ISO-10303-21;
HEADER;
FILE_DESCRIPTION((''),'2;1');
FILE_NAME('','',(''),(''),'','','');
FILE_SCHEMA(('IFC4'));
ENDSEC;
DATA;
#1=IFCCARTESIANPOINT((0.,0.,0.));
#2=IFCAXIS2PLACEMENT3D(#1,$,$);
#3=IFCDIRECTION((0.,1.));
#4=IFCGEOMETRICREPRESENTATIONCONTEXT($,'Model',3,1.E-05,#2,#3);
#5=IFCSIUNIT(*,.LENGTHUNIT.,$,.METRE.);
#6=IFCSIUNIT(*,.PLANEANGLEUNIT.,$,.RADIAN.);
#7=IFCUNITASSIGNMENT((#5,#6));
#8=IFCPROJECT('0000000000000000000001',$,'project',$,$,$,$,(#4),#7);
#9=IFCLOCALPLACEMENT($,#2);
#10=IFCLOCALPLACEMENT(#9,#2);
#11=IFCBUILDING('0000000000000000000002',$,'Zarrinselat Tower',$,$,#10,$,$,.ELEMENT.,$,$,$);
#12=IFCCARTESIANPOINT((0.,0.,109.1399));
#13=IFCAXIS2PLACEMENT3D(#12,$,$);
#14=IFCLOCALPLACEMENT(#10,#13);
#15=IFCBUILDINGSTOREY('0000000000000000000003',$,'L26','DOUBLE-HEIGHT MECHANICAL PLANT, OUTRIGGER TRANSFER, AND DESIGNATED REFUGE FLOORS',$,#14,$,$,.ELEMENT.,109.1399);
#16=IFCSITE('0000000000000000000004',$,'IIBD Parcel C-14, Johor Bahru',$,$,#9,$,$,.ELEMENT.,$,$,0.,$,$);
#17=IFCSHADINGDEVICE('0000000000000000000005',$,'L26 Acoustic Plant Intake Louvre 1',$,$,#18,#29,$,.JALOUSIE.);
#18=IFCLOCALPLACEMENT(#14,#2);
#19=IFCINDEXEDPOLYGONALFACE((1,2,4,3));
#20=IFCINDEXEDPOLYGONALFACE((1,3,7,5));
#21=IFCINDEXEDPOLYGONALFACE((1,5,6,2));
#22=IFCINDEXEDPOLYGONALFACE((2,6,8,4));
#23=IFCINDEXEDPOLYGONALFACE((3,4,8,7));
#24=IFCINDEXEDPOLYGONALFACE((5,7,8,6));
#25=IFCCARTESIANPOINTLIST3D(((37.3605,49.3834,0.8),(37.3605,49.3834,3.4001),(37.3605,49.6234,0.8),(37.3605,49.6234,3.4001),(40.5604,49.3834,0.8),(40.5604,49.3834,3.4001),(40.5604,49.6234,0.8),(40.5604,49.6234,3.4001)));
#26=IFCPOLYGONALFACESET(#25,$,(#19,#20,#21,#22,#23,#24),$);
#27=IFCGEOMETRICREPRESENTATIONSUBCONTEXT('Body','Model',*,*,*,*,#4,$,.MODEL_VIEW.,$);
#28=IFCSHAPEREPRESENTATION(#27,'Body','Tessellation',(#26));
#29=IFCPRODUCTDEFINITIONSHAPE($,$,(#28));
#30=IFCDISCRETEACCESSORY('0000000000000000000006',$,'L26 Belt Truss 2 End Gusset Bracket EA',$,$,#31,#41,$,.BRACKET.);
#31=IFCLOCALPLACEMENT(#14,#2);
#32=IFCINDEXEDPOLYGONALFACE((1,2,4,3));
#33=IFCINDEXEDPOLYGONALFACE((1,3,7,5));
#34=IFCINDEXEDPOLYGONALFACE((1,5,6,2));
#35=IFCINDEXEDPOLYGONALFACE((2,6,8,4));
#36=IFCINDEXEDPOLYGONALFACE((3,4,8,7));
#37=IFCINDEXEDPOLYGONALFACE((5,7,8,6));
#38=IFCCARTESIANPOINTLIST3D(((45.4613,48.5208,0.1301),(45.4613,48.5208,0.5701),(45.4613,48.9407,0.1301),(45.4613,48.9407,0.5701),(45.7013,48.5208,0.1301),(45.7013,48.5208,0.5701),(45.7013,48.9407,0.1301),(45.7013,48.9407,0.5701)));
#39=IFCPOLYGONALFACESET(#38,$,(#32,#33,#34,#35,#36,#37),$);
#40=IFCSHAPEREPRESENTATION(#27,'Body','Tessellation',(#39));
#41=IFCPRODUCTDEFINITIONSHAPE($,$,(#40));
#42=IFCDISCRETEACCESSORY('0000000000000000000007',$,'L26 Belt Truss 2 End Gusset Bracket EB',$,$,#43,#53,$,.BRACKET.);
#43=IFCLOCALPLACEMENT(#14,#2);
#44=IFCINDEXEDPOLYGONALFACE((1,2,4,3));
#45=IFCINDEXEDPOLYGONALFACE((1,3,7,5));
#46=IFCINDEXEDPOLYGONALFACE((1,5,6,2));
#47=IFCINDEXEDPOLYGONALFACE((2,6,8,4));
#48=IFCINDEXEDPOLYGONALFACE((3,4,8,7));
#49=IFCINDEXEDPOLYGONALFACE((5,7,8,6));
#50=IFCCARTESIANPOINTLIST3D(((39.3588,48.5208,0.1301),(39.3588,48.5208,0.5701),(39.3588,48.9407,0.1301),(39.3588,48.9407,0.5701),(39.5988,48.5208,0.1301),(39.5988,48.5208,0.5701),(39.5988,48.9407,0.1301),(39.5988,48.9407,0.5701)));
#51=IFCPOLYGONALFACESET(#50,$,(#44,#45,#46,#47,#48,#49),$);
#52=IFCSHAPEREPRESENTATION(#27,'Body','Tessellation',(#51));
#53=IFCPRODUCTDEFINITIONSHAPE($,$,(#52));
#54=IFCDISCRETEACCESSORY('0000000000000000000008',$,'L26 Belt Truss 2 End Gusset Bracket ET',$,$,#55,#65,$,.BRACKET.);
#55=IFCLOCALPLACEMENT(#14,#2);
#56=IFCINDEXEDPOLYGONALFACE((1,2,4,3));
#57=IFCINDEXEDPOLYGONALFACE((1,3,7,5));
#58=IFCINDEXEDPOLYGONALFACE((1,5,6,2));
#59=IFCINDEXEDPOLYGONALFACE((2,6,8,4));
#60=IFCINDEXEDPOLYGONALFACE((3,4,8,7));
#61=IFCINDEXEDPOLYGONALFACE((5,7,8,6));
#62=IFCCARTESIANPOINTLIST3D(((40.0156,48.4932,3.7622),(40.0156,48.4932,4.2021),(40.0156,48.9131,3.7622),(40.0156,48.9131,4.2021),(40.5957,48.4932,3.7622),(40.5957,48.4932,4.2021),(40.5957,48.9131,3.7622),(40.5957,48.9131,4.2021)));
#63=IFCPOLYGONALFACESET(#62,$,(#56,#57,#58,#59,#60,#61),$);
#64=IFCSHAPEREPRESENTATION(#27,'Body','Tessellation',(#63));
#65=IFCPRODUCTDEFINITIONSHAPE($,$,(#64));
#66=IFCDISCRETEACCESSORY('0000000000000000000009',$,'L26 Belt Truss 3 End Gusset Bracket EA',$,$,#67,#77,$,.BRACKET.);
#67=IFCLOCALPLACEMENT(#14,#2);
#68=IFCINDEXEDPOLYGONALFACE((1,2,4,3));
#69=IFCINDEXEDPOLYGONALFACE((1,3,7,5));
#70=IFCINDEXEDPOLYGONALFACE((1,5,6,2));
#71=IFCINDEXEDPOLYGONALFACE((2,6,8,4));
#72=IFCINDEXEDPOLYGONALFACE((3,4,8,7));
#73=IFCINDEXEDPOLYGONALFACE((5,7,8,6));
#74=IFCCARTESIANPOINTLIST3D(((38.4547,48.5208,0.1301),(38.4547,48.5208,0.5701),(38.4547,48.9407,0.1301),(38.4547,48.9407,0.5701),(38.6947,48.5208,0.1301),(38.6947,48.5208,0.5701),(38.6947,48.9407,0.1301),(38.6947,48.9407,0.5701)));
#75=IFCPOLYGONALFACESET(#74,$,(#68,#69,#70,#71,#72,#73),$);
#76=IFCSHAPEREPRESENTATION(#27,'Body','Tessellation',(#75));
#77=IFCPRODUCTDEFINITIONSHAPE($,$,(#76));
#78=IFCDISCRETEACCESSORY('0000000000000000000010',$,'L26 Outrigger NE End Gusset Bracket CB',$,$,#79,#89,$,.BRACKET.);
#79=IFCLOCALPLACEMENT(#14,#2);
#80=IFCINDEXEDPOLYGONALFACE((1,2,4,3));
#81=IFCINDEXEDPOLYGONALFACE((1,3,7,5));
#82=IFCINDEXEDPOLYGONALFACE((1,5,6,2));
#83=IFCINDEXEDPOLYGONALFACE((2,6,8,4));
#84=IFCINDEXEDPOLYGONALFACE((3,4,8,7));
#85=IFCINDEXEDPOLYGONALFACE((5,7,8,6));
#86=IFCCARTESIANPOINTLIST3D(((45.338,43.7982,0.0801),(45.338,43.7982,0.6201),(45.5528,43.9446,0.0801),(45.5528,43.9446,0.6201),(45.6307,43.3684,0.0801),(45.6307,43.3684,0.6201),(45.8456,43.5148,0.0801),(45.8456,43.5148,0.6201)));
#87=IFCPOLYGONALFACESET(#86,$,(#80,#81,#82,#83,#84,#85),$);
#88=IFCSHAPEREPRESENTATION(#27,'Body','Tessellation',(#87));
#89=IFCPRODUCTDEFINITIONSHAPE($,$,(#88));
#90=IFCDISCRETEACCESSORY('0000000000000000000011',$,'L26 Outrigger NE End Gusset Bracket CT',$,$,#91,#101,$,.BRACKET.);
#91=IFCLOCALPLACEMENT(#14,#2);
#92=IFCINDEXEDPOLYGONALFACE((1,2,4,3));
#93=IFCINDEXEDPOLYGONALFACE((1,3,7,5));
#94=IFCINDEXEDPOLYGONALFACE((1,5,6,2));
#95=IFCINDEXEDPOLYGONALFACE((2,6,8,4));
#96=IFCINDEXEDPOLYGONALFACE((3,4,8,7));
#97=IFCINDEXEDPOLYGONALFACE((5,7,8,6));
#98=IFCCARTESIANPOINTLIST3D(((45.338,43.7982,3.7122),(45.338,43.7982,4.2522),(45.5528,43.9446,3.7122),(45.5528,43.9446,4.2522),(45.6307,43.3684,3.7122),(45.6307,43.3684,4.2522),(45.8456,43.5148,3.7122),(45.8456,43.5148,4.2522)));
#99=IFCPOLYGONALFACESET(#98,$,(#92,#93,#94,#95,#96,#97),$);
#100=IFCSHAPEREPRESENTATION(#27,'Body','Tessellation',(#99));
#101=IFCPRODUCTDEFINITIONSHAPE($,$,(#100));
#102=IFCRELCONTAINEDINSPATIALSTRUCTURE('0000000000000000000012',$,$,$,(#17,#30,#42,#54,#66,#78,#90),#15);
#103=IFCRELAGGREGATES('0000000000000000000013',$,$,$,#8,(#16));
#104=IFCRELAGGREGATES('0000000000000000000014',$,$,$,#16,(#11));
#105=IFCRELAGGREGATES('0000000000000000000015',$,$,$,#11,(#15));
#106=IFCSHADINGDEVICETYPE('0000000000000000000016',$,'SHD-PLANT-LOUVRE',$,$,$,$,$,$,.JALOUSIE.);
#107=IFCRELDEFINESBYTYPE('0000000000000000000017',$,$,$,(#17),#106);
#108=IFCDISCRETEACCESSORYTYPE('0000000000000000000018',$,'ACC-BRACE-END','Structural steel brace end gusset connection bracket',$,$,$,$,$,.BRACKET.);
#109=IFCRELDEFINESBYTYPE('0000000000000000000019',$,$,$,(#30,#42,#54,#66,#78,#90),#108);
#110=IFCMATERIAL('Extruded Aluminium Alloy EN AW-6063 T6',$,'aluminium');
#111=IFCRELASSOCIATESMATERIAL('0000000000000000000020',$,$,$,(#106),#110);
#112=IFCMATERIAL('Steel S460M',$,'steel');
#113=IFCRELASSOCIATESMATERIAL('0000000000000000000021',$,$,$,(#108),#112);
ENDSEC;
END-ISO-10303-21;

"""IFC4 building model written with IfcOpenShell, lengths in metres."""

from ifc_helpers import new_model, si_unit, direction, frame, origin, origin_2d, place, context, subcontext, project, spatial, rectangle, extrude, material, type_object, element, save


model = new_model("IFC4")

# Units and contexts
model_context = context("Model", 3, precision=1e-05, world=origin(), true_north=direction((0.0, 1.0)))
body_context = subcontext(model_context, "Body", "Model", "MODEL_VIEW")
ifc_project = project(units=[si_unit("LENGTHUNIT", "METRE"), si_unit("PLANEANGLEUNIT", "RADIAN")], contexts=[model_context])

# Site, building, storey
site_placement = place(None, origin())
site = spatial("IfcSite", under=ifc_project, at=site_placement, Name="IIBD Parcel C-14, Johor Bahru", CompositionType="ELEMENT", RefElevation=0.0)
building_placement = place(site_placement, origin())
building = spatial("IfcBuilding", under=site, at=building_placement, Name="Zarrinselat Tower", CompositionType="ELEMENT")
storey_placement = place(building_placement, frame((0.0, 0.0, 109.1399)))
storey = spatial("IfcBuildingStorey", under=building, at=storey_placement, Name="L26", Description="DOUBLE-HEIGHT MECHANICAL PLANT, OUTRIGGER TRANSFER, AND DESIGNATED REFUGE FLOORS", CompositionType="ELEMENT", Elevation=109.1399)

# Shading device
ifc_material_1 = material(Name="Extruded Aluminium Alloy EN AW-6063 T6", Category="aluminium")
shading_device_type = type_object("IfcShadingDeviceType", Name="SHD-PLANT-LOUVRE", PredefinedType="JALOUSIE", material=ifc_material_1)
shading_device_placement = place(storey_placement, frame((38.9604, 49.5034, 0.8), z_axis=(0.0, 0.0, 1.0), x_axis=(-1.0, 0.0, 0.0)))
element("IfcShadingDevice", 1, at=shading_device_placement, inside=storey, type_object=shading_device_type, Name="L26 Acoustic Plant Intake Louvre 1", PredefinedType="JALOUSIE", context=body_context, shape_type="SweptSolid", body=[
    extrude(rectangle(XDim=3.2, YDim=0.24, at=origin_2d()), origin(), (0.0, 0.0, 1.0), 2.6001),
])

# Discrete accessories
ifc_material_2 = material(Name="Steel S460M", Category="steel")
discrete_accessory_type = type_object("IfcDiscreteAccessoryType", Name="ACC-BRACE-END", Description="Structural steel brace end gusset connection bracket", PredefinedType="BRACKET", material=ifc_material_2)
for number, where, z_axis, x_axis, name in (
    (2, (45.5813, 48.7307, 0.1301), (0.0, 0.0, 1.0), (-1.0, 0.0, 0.0), "L26 Belt Truss 2 End Gusset Bracket EA"),
    (3, (39.4788, 48.7307, 0.1301), (0.0, 0.0, 1.0), (-1.0, 0.0, 0.0), "L26 Belt Truss 2 End Gusset Bracket EB"),
):
    element("IfcDiscreteAccessory", number, at=place(storey_placement, frame(where, z_axis=z_axis, x_axis=x_axis)), inside=storey, type_object=discrete_accessory_type, Name=name, PredefinedType="BRACKET", context=body_context, shape_type="SweptSolid", body=[
        extrude(rectangle(XDim=0.24, YDim=0.4199, at=origin_2d()), origin(), (0.0, 0.0, 1.0), 0.4399),
    ])
discrete_accessory_1_placement = place(storey_placement, frame((40.3057, 48.7031, 3.7622), z_axis=(0.0, 0.0, 1.0), x_axis=(-1.0, 0.0, 0.0)))
element("IfcDiscreteAccessory", 4, at=discrete_accessory_1_placement, inside=storey, type_object=discrete_accessory_type, Name="L26 Belt Truss 2 End Gusset Bracket ET", PredefinedType="BRACKET", context=body_context, shape_type="SweptSolid", body=[
    extrude(rectangle(XDim=0.5801, YDim=0.4199, at=origin_2d()), origin(), (0.0, 0.0, 1.0), 0.4399),
])
discrete_accessory_2_placement = place(storey_placement, frame((38.5747, 48.7307, 0.1301), z_axis=(0.0, 0.0, 1.0), x_axis=(-1.0, 0.0, 0.0)))
element("IfcDiscreteAccessory", 5, at=discrete_accessory_2_placement, inside=storey, type_object=discrete_accessory_type, Name="L26 Belt Truss 3 End Gusset Bracket EA", PredefinedType="BRACKET", context=body_context, shape_type="SweptSolid", body=[
    extrude(rectangle(XDim=0.24, YDim=0.4199, at=origin_2d()), origin(), (0.0, 0.0, 1.0), 0.4399),
])
for number, where, z_axis, x_axis, name in (
    (6, (45.5918, 43.6565, 0.0801), (0.0, 0.0, 1.0), (0.826441, 0.563023, 0.0), "L26 Outrigger NE End Gusset Bracket CB"),
    (7, (45.5918, 43.6565, 3.7122), (0.0, 0.0, 1.0), (0.826441, 0.563023, 0.0), "L26 Outrigger NE End Gusset Bracket CT"),
):
    element("IfcDiscreteAccessory", number, at=place(storey_placement, frame(where, z_axis=z_axis, x_axis=x_axis)), inside=storey, type_object=discrete_accessory_type, Name=name, PredefinedType="BRACKET", context=body_context, shape_type="SweptSolid", body=[
        extrude(rectangle(XDim=0.26, YDim=0.52, at=origin_2d()), origin(), (0.0, 0.0, 1.0), 0.54),
    ])

save(model, "model.ifc")
